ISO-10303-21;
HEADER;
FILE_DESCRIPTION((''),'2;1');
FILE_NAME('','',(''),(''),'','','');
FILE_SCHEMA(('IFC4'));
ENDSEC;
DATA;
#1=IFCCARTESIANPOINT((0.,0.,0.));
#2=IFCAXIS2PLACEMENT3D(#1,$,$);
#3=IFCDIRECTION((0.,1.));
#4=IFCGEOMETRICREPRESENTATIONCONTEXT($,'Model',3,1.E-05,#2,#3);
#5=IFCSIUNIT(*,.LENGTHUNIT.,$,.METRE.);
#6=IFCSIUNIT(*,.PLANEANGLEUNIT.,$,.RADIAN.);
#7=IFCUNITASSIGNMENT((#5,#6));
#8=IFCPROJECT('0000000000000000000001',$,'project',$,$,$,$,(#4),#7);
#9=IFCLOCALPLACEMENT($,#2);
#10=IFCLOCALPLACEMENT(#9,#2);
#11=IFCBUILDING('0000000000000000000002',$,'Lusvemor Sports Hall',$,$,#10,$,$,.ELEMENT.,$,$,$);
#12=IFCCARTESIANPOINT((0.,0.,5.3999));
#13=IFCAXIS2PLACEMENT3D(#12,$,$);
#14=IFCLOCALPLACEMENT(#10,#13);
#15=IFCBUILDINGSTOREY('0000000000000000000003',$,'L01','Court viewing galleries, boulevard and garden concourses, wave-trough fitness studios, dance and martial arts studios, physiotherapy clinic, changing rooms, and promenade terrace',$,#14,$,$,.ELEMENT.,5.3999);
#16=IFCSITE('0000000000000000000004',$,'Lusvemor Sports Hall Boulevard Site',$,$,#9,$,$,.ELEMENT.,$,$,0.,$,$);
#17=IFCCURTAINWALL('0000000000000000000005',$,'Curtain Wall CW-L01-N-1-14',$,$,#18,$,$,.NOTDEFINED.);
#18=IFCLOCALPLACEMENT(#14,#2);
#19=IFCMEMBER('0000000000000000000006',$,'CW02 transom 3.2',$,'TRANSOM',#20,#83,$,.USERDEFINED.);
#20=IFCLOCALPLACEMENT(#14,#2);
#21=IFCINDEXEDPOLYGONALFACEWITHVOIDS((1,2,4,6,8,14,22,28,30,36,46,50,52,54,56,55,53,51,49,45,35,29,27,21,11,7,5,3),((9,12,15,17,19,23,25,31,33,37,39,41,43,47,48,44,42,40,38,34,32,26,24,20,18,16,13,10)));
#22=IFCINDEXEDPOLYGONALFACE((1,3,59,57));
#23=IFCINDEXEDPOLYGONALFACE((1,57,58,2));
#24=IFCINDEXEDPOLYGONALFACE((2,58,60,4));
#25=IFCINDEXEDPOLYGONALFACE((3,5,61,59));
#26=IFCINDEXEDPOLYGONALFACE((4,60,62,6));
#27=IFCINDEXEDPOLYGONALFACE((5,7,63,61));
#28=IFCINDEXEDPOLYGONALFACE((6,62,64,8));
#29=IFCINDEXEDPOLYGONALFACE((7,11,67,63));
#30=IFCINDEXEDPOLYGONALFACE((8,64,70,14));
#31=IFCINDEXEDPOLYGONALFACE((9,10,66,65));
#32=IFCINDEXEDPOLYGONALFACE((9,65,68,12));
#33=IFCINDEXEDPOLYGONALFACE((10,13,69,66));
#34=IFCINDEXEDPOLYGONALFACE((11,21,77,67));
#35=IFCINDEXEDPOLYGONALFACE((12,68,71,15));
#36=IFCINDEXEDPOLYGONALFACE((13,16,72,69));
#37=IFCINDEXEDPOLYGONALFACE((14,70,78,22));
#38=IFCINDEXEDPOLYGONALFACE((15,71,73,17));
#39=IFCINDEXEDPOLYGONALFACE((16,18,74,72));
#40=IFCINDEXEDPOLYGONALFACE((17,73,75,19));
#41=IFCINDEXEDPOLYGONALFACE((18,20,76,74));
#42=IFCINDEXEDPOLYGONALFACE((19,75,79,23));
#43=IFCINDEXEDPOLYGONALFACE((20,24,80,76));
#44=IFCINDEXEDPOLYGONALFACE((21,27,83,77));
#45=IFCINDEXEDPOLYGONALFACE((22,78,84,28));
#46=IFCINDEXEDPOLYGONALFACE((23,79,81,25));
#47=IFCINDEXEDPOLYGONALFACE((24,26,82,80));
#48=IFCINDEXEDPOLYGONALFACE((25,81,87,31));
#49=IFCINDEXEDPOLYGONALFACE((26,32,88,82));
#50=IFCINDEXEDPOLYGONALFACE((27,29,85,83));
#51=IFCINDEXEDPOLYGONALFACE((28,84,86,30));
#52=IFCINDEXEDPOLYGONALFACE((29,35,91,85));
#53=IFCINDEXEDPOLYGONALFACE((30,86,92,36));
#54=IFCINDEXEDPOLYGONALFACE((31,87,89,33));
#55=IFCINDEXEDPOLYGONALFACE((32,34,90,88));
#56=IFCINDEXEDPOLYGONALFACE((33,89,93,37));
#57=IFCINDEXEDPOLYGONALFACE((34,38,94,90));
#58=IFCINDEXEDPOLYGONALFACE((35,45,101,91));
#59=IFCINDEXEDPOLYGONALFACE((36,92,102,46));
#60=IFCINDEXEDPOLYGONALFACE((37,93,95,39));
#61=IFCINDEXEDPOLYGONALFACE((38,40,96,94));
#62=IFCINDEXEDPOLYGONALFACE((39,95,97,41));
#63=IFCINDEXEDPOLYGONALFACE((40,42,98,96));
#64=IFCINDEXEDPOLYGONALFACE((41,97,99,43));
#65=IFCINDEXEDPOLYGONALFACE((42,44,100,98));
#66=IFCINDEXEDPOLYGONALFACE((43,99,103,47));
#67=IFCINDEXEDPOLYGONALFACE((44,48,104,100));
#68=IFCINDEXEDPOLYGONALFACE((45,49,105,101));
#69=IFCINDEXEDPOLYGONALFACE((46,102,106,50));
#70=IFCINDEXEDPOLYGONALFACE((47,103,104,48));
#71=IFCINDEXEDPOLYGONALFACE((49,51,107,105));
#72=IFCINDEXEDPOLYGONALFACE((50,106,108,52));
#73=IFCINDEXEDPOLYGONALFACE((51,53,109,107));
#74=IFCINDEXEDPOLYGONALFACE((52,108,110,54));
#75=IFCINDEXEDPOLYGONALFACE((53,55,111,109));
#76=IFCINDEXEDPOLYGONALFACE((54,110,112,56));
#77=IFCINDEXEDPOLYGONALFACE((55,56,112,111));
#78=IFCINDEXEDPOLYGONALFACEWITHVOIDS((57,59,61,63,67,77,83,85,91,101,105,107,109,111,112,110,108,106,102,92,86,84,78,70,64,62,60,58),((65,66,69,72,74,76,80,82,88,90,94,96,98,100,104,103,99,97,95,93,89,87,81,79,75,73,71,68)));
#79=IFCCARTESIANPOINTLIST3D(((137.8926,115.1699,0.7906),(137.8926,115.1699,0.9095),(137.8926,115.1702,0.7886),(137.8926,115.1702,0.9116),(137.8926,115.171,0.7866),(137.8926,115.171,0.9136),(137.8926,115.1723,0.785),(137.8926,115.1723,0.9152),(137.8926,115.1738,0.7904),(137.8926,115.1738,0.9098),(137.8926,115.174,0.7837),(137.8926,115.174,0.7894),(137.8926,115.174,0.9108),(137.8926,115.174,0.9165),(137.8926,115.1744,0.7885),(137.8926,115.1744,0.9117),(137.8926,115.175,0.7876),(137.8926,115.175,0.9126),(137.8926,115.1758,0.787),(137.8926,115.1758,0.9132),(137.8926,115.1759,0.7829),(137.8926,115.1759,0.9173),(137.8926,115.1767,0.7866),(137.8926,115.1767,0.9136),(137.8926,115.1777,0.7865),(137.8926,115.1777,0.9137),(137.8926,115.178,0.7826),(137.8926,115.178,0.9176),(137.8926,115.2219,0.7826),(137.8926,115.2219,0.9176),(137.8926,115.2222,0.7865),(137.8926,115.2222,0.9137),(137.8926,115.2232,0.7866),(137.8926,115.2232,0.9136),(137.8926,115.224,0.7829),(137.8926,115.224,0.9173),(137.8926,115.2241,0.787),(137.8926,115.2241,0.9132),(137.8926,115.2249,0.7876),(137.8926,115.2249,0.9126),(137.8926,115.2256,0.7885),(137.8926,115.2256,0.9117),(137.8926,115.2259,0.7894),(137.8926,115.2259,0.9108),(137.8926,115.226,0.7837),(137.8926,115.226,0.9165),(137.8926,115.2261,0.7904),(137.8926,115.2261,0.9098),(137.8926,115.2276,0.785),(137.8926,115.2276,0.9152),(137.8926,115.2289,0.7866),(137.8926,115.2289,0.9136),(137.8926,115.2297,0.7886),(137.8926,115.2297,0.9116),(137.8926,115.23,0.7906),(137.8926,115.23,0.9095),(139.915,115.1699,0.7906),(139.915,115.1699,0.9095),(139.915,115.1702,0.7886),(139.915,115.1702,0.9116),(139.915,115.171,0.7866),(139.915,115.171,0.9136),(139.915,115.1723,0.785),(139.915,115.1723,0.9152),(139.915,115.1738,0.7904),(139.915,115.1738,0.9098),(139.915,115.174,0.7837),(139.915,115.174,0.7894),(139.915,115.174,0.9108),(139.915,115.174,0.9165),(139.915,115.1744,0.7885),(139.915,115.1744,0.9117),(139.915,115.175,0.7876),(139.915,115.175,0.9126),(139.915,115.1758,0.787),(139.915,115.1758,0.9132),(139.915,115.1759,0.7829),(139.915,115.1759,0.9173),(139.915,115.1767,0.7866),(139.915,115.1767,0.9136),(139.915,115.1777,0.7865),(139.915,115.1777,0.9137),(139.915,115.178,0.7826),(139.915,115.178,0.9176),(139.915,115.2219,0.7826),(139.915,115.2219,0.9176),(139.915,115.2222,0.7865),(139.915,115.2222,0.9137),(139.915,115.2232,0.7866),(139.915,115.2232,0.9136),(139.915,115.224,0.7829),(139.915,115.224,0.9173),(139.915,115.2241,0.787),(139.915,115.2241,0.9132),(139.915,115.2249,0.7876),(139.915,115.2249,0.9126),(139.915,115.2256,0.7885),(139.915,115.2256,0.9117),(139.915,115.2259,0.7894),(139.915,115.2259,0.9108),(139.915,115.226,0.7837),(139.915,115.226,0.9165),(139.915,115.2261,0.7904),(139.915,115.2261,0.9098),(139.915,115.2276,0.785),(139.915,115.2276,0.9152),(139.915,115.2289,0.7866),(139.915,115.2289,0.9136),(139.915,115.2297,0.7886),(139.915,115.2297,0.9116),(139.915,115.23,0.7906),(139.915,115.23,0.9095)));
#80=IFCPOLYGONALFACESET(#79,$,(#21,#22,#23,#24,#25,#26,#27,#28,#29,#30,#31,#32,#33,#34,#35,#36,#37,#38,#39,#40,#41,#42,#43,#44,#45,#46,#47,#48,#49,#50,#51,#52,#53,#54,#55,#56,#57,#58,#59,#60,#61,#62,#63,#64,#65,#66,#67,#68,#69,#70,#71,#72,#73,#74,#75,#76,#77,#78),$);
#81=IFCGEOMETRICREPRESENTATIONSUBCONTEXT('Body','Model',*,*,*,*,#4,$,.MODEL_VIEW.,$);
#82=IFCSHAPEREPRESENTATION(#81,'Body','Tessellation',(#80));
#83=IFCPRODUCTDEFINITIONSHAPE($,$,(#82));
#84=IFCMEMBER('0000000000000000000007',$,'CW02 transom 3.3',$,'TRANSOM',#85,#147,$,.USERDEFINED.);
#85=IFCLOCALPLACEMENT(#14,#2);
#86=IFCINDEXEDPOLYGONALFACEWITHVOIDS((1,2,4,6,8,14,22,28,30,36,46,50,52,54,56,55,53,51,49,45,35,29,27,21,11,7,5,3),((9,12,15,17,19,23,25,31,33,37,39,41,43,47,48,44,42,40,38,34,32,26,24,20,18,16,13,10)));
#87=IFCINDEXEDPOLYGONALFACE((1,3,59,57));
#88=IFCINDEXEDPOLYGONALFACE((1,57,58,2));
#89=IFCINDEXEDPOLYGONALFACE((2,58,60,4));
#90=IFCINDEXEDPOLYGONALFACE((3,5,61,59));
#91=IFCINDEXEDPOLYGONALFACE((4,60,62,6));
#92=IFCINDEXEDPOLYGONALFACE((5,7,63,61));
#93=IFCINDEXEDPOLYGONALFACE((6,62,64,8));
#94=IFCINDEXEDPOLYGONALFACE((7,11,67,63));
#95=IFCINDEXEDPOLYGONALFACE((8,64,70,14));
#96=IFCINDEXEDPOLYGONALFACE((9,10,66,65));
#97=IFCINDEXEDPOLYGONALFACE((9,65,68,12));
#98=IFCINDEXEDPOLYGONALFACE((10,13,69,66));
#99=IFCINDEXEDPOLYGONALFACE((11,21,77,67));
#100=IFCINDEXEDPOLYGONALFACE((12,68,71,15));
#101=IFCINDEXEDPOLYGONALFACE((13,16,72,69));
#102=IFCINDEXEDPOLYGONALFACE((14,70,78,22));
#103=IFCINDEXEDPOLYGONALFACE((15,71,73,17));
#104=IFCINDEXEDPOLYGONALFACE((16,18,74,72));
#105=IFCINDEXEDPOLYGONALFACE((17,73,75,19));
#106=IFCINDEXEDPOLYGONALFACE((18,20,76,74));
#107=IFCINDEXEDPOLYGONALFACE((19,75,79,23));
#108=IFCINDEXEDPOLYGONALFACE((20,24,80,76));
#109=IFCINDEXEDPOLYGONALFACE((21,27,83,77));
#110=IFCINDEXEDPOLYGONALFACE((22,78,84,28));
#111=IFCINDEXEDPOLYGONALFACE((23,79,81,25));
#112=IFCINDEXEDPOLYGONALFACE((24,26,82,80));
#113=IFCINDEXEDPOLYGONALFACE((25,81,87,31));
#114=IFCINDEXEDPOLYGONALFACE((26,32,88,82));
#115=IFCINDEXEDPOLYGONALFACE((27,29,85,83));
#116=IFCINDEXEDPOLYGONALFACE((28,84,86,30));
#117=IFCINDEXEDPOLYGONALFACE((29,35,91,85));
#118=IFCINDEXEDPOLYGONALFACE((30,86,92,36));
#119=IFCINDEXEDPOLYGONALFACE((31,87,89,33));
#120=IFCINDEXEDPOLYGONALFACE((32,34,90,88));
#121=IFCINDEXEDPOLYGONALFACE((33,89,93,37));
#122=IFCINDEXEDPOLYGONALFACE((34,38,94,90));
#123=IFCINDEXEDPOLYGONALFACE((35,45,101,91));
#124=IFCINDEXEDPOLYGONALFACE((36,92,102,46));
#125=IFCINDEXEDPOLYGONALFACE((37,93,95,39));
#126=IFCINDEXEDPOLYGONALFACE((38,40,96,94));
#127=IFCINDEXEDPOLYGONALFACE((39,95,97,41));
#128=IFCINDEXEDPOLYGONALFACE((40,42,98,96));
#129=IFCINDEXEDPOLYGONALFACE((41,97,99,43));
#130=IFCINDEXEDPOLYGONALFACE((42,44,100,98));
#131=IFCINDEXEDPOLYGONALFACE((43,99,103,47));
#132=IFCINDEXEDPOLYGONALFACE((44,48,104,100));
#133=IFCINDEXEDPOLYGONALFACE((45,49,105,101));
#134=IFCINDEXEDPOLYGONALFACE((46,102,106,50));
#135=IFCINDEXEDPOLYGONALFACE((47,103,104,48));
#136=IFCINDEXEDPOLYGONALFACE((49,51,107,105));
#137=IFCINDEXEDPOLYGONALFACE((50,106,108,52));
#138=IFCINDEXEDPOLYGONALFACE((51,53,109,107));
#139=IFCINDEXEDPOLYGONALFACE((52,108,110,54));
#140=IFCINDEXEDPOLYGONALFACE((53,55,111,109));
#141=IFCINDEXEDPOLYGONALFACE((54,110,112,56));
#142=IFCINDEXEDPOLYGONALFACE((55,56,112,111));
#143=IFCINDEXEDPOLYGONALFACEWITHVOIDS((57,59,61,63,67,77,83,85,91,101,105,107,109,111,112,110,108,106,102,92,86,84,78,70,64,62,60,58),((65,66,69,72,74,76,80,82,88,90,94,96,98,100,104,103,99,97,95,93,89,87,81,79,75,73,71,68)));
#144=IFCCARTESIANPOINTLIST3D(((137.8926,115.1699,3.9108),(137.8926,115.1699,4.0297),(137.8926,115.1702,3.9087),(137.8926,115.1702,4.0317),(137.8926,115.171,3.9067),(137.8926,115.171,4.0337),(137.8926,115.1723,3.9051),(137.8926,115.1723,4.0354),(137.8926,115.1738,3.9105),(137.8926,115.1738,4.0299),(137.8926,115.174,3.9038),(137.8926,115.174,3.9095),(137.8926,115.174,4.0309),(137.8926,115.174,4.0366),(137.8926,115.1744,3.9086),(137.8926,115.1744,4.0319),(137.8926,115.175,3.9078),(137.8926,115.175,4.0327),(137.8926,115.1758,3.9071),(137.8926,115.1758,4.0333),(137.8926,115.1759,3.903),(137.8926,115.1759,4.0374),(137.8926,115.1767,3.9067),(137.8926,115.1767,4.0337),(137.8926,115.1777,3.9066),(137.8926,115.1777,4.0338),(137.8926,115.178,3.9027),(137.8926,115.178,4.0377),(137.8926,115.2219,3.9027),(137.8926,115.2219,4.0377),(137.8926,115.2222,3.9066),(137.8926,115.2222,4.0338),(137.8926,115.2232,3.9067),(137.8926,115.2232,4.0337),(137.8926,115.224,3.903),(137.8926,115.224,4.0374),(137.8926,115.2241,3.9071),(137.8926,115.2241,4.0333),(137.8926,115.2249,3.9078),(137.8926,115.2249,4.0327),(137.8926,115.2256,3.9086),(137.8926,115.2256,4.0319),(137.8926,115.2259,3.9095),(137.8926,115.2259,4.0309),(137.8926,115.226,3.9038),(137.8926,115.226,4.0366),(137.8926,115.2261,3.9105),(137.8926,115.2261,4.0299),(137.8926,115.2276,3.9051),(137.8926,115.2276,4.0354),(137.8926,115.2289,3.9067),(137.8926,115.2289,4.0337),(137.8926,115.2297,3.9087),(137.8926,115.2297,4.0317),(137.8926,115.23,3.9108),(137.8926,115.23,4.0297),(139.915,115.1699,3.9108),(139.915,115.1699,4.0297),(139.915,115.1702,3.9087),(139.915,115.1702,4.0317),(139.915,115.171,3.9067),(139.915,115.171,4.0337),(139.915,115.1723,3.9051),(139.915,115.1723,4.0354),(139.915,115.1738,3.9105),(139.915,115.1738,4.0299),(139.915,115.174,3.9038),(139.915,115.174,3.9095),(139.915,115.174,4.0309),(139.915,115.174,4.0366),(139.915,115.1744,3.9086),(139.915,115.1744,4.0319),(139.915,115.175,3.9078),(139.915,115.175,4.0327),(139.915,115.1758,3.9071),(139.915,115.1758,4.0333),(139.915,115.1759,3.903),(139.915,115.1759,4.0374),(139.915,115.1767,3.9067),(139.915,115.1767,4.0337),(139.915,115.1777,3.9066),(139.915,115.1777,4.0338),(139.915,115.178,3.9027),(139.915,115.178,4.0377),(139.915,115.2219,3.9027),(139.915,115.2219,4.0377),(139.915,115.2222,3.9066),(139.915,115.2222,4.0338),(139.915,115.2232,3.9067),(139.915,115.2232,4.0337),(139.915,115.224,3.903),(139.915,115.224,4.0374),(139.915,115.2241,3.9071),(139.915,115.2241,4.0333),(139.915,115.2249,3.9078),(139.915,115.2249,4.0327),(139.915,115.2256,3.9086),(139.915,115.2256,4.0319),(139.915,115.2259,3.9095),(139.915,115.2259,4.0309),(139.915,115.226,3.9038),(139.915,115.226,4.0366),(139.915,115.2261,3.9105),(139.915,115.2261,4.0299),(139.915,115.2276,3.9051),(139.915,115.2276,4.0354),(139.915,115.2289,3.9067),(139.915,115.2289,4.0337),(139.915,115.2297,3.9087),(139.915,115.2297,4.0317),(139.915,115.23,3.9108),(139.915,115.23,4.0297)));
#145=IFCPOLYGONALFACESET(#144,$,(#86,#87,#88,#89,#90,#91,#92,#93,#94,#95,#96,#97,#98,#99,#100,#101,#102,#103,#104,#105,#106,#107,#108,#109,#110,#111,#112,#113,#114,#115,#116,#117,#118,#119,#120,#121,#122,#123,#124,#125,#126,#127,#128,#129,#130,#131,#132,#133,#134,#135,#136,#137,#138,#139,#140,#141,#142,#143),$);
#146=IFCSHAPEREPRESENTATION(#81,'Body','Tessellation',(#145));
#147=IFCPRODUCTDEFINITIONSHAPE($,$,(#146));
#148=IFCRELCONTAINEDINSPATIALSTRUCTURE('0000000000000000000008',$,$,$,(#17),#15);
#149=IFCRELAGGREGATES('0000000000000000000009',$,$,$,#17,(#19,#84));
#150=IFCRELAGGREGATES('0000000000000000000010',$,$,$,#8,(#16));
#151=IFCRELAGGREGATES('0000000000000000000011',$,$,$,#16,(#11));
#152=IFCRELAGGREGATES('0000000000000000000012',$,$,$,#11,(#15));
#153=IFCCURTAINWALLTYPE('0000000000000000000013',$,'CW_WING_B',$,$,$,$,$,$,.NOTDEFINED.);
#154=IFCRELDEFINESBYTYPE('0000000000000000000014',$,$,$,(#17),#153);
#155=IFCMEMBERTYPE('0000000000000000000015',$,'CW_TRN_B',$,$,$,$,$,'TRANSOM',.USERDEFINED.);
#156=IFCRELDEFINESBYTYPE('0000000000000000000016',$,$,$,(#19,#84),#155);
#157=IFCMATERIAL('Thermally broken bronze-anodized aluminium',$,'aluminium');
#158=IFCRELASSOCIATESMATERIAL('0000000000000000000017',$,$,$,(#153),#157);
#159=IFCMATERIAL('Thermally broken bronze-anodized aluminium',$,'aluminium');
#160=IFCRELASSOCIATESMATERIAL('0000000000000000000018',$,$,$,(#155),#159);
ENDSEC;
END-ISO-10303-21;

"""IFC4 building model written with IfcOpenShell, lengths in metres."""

from ifc_helpers import new_model, si_unit, direction, frame, origin, origin_2d, place, context, subcontext, project, spatial, hollow_rectangle, extrude, material, material_profile, profile_set, type_object, element, aggregate, save


model = new_model("IFC4")

# Units and contexts
model_context = context("Model", 3, precision=1e-05, world=origin(), true_north=direction((0.0, 1.0)))
body_context = subcontext(model_context, "Body", "Model", "MODEL_VIEW")
ifc_project = project(units=[si_unit("LENGTHUNIT", "METRE"), si_unit("PLANEANGLEUNIT", "RADIAN")], contexts=[model_context])

# Site, building, storey
site_placement = place(None, origin())
site = spatial("IfcSite", under=ifc_project, at=site_placement, Name="Lusvemor Sports Hall Boulevard Site", CompositionType="ELEMENT", RefElevation=0.0)
building_placement = place(site_placement, origin())
building = spatial("IfcBuilding", under=site, at=building_placement, Name="Lusvemor Sports Hall", CompositionType="ELEMENT")
storey_placement = place(building_placement, frame((0.0, 0.0, 5.3999)))
storey = spatial("IfcBuildingStorey", under=building, at=storey_placement, Name="L01", Description="Court viewing galleries, boulevard and garden concourses, wave-trough fitness studios, dance and martial arts studios, physiotherapy clinic, changing rooms, and promenade terrace", CompositionType="ELEMENT", Elevation=5.3999)

# Curtain wall
ifc_material_1 = material(Name="Thermally broken bronze-anodized aluminium", Category="aluminium")
curtain_wall_type_1 = type_object("IfcCurtainWallType", Name="CW_WING_B", PredefinedType="NOTDEFINED", material=ifc_material_1)
curtain_wall_1_placement = place(storey_placement, origin())
curtain_wall_1 = element("IfcCurtainWall", 1, at=curtain_wall_1_placement, inside=storey, type_object=curtain_wall_type_1, Name="Curtain Wall CW-L01-N-1-14", PredefinedType="NOTDEFINED")

# Members
ifc_material_2 = material(Name="Thermally broken bronze-anodized aluminium", Category="aluminium")
ifc_material_profile_1 = material_profile(ifc_material_2, hollow_rectangle(XDim=0.0601, YDim=0.135, WallThickness=0.0039, InnerFilletRadius=0.0039, OuterFilletRadius=0.0081, at=origin_2d()), Name="CWTRN135x60x4")
ifc_profile_set_1 = profile_set([ifc_material_profile_1], Name="Thermally broken bronze-anodized aluminium")
member_type_1 = type_object("IfcMemberType", Name="CW_TRN_B", ElementType="TRANSOM", PredefinedType="USERDEFINED", material=ifc_profile_set_1)
member_1_placement = place(storey_placement, frame((137.8926, 115.2, 0.8501), z_axis=(1.0, 0.0, 0.0), x_axis=(0.0, 1.0, 0.0)))
member_1 = element("IfcMember", 2, at=member_1_placement, type_object=member_type_1, Name="CW02 transom 3.2", ObjectType="TRANSOM", PredefinedType="USERDEFINED", context=body_context, shape_type="SweptSolid", body=[
    extrude(hollow_rectangle(XDim=0.0601, YDim=0.135, WallThickness=0.0039, InnerFilletRadius=0.0039, OuterFilletRadius=0.0081, at=origin_2d()), origin(), (0.0, 0.0, 1.0), 2.0225),
])
member_2_placement = place(storey_placement, frame((137.8926, 115.2, 3.9702), z_axis=(1.0, 0.0, 0.0), x_axis=(0.0, 1.0, 0.0)))
member_2 = element("IfcMember", 3, at=member_2_placement, type_object=member_type_1, Name="CW02 transom 3.3", ObjectType="TRANSOM", PredefinedType="USERDEFINED", context=body_context, shape_type="SweptSolid", body=[
    extrude(hollow_rectangle(XDim=0.0601, YDim=0.135, WallThickness=0.0039, InnerFilletRadius=0.0039, OuterFilletRadius=0.0081, at=origin_2d()), origin(), (0.0, 0.0, 1.0), 2.0225),
])

aggregate(curtain_wall_1, [member_1, member_2])

save(model, "model.ifc")
